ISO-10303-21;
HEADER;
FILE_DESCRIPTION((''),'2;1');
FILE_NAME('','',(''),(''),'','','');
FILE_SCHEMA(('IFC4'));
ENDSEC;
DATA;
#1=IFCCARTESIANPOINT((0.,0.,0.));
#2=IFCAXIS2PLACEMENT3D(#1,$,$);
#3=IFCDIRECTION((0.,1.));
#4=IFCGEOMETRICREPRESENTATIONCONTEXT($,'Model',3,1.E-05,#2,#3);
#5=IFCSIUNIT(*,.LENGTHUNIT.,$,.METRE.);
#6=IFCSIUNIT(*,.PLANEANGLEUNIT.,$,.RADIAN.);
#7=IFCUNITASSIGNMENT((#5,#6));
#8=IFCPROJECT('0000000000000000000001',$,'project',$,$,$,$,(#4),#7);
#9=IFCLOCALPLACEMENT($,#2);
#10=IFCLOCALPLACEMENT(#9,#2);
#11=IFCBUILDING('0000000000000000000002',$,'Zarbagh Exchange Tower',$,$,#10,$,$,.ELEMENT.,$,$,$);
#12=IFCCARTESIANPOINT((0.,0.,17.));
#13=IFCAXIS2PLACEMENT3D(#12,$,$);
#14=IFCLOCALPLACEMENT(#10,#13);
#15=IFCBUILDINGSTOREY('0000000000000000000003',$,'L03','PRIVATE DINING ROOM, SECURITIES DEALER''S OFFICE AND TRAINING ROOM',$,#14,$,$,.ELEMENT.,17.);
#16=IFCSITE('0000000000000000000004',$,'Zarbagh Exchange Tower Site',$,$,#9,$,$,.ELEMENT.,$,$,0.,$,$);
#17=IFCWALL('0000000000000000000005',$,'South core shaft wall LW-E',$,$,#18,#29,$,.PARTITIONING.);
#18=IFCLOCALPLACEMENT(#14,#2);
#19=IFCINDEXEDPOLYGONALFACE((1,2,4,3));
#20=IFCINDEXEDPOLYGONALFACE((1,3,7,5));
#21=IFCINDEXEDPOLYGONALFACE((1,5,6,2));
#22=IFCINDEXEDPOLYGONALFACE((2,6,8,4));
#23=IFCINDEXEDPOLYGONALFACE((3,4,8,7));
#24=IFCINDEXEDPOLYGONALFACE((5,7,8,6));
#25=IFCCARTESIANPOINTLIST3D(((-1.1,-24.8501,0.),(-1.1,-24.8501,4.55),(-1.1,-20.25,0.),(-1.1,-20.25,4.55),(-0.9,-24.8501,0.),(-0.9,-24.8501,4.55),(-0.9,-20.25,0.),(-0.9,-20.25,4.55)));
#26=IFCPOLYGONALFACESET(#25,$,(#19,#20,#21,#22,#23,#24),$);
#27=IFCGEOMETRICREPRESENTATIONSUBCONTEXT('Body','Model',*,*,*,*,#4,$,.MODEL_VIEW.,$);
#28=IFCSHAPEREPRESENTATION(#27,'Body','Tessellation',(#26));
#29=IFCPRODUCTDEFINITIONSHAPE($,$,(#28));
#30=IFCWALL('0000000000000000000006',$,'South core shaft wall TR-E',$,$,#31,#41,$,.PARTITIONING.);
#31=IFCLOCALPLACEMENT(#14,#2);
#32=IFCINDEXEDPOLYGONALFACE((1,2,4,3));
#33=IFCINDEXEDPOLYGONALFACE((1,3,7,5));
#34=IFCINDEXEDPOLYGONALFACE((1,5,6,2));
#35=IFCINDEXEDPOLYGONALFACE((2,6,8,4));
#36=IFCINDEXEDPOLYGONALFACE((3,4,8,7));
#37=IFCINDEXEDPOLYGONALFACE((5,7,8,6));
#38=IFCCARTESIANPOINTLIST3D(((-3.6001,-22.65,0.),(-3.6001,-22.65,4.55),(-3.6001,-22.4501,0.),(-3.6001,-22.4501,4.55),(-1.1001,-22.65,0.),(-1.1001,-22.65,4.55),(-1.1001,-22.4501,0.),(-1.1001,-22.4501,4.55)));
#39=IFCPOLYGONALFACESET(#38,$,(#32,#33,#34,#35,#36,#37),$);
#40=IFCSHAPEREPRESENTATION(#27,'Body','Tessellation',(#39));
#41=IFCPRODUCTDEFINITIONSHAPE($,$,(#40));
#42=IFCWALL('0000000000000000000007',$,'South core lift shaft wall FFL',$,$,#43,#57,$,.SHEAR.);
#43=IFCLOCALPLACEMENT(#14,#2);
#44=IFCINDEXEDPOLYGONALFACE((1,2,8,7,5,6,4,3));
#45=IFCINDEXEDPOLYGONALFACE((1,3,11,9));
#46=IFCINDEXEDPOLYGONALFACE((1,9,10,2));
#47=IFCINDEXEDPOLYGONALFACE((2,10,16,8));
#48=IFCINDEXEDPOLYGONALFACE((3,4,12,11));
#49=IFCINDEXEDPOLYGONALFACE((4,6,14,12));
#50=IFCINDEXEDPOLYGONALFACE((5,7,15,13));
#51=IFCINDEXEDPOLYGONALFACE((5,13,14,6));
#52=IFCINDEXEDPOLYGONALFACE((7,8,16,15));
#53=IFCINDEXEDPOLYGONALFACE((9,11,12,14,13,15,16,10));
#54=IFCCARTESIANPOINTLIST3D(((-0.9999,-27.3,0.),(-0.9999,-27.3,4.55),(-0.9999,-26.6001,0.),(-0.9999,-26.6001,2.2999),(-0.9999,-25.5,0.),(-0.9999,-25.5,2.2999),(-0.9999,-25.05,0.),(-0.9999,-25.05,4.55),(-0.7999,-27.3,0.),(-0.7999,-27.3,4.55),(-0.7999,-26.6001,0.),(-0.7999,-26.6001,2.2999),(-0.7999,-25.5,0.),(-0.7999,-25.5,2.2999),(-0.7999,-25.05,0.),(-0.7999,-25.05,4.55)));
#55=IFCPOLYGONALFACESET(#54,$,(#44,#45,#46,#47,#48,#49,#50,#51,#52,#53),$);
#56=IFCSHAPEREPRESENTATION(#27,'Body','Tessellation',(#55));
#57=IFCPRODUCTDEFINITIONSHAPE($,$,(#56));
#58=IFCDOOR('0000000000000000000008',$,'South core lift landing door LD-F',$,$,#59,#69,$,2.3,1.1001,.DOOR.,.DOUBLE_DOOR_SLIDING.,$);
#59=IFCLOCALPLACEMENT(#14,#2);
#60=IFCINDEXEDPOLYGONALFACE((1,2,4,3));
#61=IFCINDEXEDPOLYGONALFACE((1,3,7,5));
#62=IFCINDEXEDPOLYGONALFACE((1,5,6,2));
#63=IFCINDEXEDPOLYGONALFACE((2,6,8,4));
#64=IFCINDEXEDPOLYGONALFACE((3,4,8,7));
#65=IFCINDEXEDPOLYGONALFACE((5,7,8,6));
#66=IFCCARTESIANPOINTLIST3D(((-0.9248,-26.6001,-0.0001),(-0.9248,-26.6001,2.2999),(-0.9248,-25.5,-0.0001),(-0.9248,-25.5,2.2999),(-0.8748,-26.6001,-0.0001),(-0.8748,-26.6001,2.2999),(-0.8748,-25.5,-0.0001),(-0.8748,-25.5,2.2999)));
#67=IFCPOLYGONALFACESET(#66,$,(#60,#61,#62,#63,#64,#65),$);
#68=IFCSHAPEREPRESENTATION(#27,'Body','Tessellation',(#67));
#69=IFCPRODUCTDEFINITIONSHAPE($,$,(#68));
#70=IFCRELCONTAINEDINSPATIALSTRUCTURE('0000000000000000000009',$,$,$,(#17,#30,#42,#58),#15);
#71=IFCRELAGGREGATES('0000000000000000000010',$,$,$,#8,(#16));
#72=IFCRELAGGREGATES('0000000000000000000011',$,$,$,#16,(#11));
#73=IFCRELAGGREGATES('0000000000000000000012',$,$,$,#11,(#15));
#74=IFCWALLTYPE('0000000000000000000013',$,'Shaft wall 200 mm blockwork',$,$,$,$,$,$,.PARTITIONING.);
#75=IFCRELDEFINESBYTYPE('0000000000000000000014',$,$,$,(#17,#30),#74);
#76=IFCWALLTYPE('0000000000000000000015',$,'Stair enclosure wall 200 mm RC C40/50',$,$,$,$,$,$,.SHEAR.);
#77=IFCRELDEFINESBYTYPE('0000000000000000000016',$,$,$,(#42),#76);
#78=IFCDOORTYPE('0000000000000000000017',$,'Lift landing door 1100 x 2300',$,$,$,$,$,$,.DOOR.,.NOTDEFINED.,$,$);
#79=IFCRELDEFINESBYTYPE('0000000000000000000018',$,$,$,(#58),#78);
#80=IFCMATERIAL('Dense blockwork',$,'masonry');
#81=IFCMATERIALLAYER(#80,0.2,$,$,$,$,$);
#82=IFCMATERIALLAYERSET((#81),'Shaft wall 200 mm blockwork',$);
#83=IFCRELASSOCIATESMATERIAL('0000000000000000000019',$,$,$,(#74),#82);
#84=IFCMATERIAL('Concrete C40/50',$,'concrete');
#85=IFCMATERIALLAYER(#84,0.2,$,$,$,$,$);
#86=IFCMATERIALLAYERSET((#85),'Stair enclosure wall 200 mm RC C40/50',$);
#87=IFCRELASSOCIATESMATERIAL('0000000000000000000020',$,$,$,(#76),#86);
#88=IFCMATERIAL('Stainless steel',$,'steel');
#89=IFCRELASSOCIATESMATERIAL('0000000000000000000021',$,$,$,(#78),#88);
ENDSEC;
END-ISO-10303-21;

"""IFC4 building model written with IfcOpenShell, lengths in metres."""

from ifc_helpers import new_model, si_unit, direction, frame, frame_2d, origin, place, context, subcontext, project, spatial, rectangle, extrude, material, layer, layer_set, type_object, element, fill, save


model = new_model("IFC4")

# Units and contexts
model_context = context("Model", 3, precision=1e-05, world=origin(), true_north=direction((0.0, 1.0)))
body_context = subcontext(model_context, "Body", "Model", "MODEL_VIEW")
ifc_project = project(units=[si_unit("LENGTHUNIT", "METRE"), si_unit("PLANEANGLEUNIT", "RADIAN")], contexts=[model_context])

# Site, building, storey
site_placement = place(None, origin())
site = spatial("IfcSite", under=ifc_project, at=site_placement, Name="Zarbagh Exchange Tower Site", CompositionType="ELEMENT", RefElevation=0.0)
building_placement = place(site_placement, origin())
building = spatial("IfcBuilding", under=site, at=building_placement, Name="Zarbagh Exchange Tower", CompositionType="ELEMENT")
storey_placement = place(building_placement, frame((0.0, 0.0, 17.0)))
storey = spatial("IfcBuildingStorey", under=building, at=storey_placement, Name="L03", Description="PRIVATE DINING ROOM, SECURITIES DEALER'S OFFICE AND TRAINING ROOM", CompositionType="ELEMENT", Elevation=17.0)

# Walls
ifc_material_1 = material(Name="Dense blockwork", Category="masonry")
ifc_layer_1 = layer(ifc_material_1, 0.2)
ifc_layer_set_1 = layer_set([ifc_layer_1], Name="Shaft wall 200 mm blockwork")
wall_type_1 = type_object("IfcWallType", Name="Shaft wall 200 mm blockwork", PredefinedType="PARTITIONING", material=ifc_layer_set_1)
wall_1_placement = place(storey_placement, frame((-1.0, -24.8501, 0.0), z_axis=(0.0, 0.0, 1.0), x_axis=(0.0, 1.0, 0.0)))
element("IfcWall", 1, at=wall_1_placement, inside=storey, type_object=wall_type_1, Name="South core shaft wall LW-E", PredefinedType="PARTITIONING", context=body_context, shape_type="SweptSolid", body=[
    extrude(rectangle(XDim=4.6001, YDim=0.2, at=frame_2d((2.3, 0.0))), origin(), (0.0, 0.0, 1.0), 4.55),
])
wall_2_placement = place(storey_placement, frame((-1.1001, -22.55, 0.0), z_axis=(0.0, 0.0, 1.0), x_axis=(-1.0, 0.0, 0.0)))
element("IfcWall", 2, at=wall_2_placement, inside=storey, type_object=wall_type_1, Name="South core shaft wall TR-E", PredefinedType="PARTITIONING", context=body_context, shape_type="SweptSolid", body=[
    extrude(rectangle(XDim=2.5, YDim=0.2, at=frame_2d((1.25, 0.0))), origin(), (0.0, 0.0, 1.0), 4.55),
])

# Wall, opening, door
ifc_material_2 = material(Name="Concrete C40/50", Category="concrete")
ifc_layer_2 = layer(ifc_material_2, 0.2)
ifc_layer_set_2 = layer_set([ifc_layer_2], Name="Stair enclosure wall 200 mm RC C40/50")
wall_type_2 = type_object("IfcWallType", Name="Stair enclosure wall 200 mm RC C40/50", PredefinedType="SHEAR", material=ifc_layer_set_2)
wall_3_placement = place(storey_placement, frame((-0.8999, -27.3, 0.0), z_axis=(0.0, 0.0, 1.0), x_axis=(0.0, 1.0, 0.0)))
wall_3 = element("IfcWall", 3, at=wall_3_placement, inside=storey, type_object=wall_type_2, Name="South core lift shaft wall FFL", PredefinedType="SHEAR", context=body_context, shape_type="SweptSolid", body=[
    extrude(rectangle(XDim=2.25, YDim=0.2, at=frame_2d((1.125, 0.0))), origin(), (0.0, 0.0, 1.0), 4.55),
])
opening_1_placement = place(wall_3_placement, frame((0.7, 0.0, 0.0)))
opening_1 = element("IfcOpeningElement", 4, at=opening_1_placement, cuts=wall_3, PredefinedType="OPENING", context=body_context, shape_type="SweptSolid", body=[
    extrude(rectangle(XDim=1.1001, YDim=2.3, at=frame_2d((0.55, 1.1499))), frame((0.0, 0.1099, 0.0), z_axis=(0.0, -1.0, 0.0), x_axis=(1.0, 0.0, 0.0)), (0.0, 0.0, 1.0), 0.22),
])
ifc_material_3 = material(Name="Stainless steel", Category="steel")
door_type_1 = type_object("IfcDoorType", Name="Lift landing door 1100 x 2300", OperationType="NOTDEFINED", PredefinedType="DOOR", material=ifc_material_3)
door_1_placement = place(opening_1_placement, origin())
door_1 = element("IfcDoor", 5, at=door_1_placement, inside=storey, type_object=door_type_1, Name="South core lift landing door LD-F", OperationType="DOUBLE_DOOR_SLIDING", OverallHeight=2.3, OverallWidth=1.1001, PredefinedType="DOOR", context=body_context, shape_type="SweptSolid", body=[
    extrude(rectangle(XDim=1.1001, YDim=2.3, at=frame_2d((0.55, 1.1499))), frame((0.0, 0.0249, 0.0), z_axis=(0.0, -1.0, 0.0), x_axis=(1.0, 0.0, 0.0)), (0.0, 0.0, 1.0), 0.05),
])
fill(opening_1, door_1)

save(model, "model.ifc")
